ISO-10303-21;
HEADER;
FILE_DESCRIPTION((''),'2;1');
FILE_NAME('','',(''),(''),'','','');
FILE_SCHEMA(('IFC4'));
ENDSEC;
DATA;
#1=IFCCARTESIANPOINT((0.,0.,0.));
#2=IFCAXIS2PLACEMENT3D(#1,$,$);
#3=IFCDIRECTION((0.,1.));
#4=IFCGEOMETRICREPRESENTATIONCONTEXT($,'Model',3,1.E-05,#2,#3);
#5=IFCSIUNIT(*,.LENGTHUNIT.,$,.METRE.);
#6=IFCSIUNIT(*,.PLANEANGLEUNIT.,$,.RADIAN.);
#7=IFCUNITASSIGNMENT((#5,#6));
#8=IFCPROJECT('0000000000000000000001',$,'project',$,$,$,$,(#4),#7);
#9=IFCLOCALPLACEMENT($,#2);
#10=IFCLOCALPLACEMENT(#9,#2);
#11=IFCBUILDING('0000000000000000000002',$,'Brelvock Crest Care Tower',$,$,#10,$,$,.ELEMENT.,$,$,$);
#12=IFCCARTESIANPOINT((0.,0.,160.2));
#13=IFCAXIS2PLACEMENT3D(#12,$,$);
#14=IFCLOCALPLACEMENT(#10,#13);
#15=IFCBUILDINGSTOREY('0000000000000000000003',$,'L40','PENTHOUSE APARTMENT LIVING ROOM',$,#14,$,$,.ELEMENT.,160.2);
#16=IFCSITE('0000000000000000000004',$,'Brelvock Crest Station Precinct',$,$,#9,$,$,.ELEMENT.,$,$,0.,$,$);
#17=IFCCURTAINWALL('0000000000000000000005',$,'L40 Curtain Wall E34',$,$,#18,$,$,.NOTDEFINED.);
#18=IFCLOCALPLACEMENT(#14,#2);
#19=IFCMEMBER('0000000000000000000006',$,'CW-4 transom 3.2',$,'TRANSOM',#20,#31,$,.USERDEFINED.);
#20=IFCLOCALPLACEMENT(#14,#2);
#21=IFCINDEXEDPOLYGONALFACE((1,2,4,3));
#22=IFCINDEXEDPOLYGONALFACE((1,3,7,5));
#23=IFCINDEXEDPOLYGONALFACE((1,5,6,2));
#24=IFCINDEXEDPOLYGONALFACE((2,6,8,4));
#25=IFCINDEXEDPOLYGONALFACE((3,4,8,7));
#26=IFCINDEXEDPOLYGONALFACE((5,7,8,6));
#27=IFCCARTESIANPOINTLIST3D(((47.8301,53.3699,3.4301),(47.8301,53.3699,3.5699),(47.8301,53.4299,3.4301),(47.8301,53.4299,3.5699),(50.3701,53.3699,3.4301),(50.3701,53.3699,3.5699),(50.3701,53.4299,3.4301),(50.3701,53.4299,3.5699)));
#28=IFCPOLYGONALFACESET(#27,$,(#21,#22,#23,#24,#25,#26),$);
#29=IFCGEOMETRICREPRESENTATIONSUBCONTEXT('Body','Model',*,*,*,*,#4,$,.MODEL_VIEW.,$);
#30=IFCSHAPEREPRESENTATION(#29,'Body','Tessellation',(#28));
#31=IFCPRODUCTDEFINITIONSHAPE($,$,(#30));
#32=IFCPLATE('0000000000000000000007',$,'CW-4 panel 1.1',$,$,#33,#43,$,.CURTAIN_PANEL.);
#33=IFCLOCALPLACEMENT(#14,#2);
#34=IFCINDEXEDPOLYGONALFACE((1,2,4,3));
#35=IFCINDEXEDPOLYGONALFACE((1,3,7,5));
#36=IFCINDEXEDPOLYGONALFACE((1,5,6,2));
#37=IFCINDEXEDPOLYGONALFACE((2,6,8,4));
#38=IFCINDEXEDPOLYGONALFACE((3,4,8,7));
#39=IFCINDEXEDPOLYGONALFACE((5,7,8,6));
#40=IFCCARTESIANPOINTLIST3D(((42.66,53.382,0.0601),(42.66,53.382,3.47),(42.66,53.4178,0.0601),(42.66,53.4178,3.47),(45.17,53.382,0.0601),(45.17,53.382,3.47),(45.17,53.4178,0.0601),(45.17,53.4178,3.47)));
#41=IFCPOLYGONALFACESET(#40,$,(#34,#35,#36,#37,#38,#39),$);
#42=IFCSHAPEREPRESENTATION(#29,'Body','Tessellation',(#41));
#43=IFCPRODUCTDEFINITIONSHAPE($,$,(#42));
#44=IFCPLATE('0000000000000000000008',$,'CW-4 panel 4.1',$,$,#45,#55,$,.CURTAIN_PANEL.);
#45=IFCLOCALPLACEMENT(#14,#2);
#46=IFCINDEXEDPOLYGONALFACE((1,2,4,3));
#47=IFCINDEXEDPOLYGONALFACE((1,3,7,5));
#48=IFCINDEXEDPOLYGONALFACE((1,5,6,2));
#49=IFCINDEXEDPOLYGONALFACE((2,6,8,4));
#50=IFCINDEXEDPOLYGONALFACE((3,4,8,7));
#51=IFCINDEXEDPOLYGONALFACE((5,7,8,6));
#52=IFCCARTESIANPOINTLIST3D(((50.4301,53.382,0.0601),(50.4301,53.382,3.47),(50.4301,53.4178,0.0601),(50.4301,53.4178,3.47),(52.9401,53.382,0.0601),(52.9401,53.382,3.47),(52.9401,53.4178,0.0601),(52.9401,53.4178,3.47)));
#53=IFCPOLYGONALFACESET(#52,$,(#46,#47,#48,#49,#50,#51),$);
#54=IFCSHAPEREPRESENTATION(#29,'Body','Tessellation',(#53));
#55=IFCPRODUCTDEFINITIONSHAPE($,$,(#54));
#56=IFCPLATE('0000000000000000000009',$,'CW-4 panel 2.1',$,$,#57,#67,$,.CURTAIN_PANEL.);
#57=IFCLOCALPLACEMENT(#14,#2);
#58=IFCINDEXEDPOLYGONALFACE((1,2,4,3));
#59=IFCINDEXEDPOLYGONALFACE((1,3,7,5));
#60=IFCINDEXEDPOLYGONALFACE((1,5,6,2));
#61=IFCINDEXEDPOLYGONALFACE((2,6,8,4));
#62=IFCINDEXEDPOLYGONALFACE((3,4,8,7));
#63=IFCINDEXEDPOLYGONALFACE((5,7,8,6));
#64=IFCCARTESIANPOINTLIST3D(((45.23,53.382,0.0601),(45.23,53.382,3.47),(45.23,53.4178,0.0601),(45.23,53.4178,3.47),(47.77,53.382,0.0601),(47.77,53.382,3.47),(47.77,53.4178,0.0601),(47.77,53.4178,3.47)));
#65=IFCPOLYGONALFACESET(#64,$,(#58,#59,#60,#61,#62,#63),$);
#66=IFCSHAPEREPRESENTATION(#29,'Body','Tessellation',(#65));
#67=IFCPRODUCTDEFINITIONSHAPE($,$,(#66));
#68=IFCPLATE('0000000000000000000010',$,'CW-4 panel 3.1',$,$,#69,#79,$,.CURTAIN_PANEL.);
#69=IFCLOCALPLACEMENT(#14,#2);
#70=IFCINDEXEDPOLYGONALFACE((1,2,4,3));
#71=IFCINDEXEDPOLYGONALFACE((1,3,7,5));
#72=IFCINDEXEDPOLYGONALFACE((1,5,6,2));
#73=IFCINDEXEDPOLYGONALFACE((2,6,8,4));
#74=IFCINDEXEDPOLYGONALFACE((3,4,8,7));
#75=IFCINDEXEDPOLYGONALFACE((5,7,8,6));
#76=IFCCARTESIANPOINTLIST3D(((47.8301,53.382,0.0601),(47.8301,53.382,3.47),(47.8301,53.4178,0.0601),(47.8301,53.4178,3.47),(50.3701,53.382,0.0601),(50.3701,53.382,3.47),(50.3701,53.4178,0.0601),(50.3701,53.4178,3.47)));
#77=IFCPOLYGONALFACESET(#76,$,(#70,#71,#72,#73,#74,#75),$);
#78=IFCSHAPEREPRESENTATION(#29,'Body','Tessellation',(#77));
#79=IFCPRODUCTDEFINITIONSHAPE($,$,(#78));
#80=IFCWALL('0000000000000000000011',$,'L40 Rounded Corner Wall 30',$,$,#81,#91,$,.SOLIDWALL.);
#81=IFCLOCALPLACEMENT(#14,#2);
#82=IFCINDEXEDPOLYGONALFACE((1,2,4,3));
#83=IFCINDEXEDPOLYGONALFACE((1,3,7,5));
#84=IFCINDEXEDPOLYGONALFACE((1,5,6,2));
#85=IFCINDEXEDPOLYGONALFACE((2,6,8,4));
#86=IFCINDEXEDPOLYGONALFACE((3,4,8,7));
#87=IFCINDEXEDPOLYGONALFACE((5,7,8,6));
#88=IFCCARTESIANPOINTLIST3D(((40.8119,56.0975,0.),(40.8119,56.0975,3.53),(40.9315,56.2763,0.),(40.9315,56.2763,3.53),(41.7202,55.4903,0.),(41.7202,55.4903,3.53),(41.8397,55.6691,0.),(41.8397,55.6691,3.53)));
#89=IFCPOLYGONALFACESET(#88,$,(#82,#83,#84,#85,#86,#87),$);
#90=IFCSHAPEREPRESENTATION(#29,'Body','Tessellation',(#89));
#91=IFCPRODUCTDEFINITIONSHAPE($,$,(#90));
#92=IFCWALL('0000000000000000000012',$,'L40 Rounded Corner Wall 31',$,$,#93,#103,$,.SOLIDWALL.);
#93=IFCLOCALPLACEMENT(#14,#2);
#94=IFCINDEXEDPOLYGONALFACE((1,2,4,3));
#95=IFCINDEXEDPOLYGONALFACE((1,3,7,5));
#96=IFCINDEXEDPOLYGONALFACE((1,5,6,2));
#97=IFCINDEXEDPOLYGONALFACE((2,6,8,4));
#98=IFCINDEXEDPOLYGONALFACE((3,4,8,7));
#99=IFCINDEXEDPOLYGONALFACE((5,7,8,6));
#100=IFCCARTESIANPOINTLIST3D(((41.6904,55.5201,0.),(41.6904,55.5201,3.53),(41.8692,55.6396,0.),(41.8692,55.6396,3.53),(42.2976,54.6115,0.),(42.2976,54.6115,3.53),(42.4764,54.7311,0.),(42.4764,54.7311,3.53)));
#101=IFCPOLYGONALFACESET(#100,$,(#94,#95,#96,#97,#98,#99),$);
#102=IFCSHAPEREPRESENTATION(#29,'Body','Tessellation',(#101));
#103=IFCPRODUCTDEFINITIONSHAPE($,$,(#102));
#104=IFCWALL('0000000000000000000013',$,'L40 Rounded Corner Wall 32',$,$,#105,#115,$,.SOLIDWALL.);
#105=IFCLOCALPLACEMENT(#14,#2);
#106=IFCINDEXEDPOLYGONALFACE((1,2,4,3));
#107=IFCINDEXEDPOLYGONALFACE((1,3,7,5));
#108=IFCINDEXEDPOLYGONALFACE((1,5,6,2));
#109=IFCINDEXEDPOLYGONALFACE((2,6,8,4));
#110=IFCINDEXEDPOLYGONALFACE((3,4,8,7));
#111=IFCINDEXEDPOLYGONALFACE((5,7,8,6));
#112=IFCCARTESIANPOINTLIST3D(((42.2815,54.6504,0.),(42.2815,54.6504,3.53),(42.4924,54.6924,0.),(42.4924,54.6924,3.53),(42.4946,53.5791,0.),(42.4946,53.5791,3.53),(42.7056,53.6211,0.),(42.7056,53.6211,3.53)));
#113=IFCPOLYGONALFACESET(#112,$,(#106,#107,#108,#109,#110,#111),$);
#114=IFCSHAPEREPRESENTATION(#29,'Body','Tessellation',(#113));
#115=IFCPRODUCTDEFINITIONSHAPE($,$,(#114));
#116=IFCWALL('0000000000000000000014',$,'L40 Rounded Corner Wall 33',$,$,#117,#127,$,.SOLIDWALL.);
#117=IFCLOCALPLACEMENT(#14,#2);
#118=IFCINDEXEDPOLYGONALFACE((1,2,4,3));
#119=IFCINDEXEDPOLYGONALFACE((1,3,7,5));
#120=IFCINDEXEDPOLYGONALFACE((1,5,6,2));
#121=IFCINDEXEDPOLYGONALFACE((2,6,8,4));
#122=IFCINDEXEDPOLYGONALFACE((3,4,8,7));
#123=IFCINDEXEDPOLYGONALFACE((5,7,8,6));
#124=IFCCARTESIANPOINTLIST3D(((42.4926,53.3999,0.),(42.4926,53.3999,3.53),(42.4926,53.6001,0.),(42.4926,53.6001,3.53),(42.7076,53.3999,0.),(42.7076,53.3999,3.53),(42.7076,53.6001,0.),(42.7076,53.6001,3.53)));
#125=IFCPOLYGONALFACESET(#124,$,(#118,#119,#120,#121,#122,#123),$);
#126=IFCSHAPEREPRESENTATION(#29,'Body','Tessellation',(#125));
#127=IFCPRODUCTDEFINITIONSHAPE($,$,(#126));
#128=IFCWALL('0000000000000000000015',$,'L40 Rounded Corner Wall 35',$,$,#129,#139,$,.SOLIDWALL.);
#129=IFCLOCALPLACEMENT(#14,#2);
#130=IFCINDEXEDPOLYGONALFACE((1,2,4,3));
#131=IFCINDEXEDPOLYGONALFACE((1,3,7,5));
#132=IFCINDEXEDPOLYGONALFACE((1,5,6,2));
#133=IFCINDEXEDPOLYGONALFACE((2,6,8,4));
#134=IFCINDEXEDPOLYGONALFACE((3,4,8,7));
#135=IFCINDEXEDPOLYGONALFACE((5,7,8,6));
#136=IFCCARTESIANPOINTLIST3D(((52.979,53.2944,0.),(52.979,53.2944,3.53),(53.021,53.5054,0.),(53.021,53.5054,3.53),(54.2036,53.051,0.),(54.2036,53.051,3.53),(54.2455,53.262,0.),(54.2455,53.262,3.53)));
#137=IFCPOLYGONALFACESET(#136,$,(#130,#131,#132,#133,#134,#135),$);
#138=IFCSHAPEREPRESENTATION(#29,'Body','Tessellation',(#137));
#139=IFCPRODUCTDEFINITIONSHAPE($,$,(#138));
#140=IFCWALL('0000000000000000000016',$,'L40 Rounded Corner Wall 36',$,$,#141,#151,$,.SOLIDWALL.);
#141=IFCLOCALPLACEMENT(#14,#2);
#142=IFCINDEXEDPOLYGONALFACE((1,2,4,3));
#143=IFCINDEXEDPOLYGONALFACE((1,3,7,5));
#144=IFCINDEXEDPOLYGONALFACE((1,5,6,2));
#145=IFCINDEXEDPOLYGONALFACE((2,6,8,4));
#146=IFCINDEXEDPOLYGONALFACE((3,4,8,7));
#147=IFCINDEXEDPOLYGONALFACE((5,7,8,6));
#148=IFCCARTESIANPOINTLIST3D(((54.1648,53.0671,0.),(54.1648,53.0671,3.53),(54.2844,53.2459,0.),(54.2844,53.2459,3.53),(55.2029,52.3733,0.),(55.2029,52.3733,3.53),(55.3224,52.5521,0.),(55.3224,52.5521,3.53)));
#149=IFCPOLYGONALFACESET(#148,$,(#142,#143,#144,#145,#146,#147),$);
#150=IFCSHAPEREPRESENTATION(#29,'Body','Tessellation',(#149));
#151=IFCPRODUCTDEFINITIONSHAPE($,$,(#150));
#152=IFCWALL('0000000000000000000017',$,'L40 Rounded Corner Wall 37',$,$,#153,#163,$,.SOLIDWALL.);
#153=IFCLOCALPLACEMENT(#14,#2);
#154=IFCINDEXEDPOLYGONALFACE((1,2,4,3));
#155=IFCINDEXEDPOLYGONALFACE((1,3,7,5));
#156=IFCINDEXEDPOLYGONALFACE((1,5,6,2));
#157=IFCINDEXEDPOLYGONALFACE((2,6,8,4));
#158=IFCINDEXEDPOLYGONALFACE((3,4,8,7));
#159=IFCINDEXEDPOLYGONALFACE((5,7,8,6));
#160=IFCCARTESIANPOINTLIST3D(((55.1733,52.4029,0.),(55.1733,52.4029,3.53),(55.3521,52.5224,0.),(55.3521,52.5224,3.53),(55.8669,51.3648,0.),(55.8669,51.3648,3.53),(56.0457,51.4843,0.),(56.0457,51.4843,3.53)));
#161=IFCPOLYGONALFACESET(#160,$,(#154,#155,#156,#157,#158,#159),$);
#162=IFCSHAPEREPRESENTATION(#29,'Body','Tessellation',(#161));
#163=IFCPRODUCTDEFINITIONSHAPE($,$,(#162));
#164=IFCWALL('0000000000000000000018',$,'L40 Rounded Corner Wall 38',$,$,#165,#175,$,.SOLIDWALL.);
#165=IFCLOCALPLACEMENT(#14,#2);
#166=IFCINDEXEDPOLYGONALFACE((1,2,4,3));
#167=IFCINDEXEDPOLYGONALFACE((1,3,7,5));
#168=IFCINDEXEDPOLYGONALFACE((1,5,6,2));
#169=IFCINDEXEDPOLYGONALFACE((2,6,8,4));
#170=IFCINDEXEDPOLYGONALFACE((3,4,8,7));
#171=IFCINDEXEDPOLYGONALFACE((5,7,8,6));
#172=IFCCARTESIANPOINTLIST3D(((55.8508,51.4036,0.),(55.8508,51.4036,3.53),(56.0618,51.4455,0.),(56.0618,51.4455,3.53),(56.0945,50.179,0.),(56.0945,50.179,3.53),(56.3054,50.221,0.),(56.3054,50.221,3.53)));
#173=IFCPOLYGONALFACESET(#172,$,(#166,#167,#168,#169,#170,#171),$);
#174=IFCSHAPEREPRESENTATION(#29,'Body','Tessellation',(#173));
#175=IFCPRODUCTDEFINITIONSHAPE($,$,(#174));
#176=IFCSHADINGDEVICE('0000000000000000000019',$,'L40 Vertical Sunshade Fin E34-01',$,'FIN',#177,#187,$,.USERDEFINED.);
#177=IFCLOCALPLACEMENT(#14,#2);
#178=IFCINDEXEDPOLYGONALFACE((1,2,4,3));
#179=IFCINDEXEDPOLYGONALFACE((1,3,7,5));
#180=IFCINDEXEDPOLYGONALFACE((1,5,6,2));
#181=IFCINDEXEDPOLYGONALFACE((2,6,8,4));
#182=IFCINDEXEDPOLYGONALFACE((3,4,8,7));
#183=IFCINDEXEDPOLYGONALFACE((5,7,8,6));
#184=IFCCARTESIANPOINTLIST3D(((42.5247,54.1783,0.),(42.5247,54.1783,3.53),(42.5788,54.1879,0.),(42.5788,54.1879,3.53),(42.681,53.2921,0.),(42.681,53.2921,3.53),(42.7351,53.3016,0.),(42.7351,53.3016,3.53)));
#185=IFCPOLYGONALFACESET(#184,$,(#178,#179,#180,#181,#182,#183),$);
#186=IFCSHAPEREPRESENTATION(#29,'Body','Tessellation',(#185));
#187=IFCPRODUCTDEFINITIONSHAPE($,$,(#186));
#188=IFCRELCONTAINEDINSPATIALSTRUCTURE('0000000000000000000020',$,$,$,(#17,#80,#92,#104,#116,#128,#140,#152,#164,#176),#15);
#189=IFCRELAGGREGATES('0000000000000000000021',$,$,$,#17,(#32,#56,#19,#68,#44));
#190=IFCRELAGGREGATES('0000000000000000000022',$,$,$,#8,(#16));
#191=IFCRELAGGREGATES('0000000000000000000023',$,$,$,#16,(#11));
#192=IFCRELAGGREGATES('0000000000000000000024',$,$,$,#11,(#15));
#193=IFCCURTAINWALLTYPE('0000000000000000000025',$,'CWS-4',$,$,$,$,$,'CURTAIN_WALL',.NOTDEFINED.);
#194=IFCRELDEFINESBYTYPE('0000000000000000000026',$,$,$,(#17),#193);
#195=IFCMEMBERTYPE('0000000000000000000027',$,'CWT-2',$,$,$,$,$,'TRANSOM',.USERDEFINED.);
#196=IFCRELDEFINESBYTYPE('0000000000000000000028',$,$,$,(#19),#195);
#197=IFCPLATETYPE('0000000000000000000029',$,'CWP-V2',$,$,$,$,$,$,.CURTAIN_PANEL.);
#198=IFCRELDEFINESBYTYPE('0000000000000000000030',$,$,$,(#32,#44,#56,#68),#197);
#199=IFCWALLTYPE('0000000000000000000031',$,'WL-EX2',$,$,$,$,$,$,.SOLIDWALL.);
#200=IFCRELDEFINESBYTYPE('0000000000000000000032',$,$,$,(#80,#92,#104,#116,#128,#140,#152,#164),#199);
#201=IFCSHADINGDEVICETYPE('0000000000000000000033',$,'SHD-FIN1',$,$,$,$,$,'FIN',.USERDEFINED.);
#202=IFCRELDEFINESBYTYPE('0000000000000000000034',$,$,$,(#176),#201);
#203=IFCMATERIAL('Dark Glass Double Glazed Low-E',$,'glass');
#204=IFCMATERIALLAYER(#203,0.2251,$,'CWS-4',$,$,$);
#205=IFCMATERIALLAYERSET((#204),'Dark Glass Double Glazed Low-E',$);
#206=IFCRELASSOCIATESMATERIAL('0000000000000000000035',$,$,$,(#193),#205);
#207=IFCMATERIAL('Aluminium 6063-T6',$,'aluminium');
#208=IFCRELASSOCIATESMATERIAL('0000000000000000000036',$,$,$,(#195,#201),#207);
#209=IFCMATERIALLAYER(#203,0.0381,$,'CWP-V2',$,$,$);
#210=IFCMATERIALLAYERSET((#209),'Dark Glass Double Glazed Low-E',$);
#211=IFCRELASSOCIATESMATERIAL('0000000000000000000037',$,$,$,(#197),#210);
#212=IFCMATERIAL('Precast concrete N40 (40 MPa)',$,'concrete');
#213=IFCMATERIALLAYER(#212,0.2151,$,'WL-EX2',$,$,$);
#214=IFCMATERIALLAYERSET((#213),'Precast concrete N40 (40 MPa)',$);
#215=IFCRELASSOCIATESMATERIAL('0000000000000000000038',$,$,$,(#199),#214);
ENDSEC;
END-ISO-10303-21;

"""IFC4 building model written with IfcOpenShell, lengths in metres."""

from ifc_helpers import new_model, si_unit, direction, frame, frame_2d, origin, origin_2d, place, context, subcontext, project, spatial, rectangle, extrude, source, transform, mapped, material, layer, layer_set, material_profile, profile_set, type_object, element, aggregate, save


model = new_model("IFC4")

# Units and contexts
model_context = context("Model", 3, precision=1e-05, world=origin(), true_north=direction((0.0, 1.0)))
body_context = subcontext(model_context, "Body", "Model", "MODEL_VIEW")
ifc_project = project(units=[si_unit("LENGTHUNIT", "METRE"), si_unit("PLANEANGLEUNIT", "RADIAN")], contexts=[model_context])

# Site, building, storey
site_placement = place(None, origin())
site = spatial("IfcSite", under=ifc_project, at=site_placement, Name="Brelvock Crest Station Precinct", CompositionType="ELEMENT", RefElevation=0.0)
building_placement = place(site_placement, origin())
building = spatial("IfcBuilding", under=site, at=building_placement, Name="Brelvock Crest Care Tower", CompositionType="ELEMENT")
storey_placement = place(building_placement, frame((0.0, 0.0, 160.2)))
storey = spatial("IfcBuildingStorey", under=building, at=storey_placement, Name="L40", Description="PENTHOUSE APARTMENT LIVING ROOM", CompositionType="ELEMENT", Elevation=160.2)

# Curtain wall
ifc_material_1 = material(Name="Dark Glass Double Glazed Low-E", Category="glass")
ifc_layer_1 = layer(ifc_material_1, 0.2251, Name="CWS-4")
ifc_layer_set_1 = layer_set([ifc_layer_1], Name="Dark Glass Double Glazed Low-E")
curtain_wall_type = type_object("IfcCurtainWallType", Name="CWS-4", ElementType="CURTAIN_WALL", PredefinedType="NOTDEFINED", material=ifc_layer_set_1)
curtain_wall_1_placement = place(storey_placement, origin())
curtain_wall_1 = element("IfcCurtainWall", 1, at=curtain_wall_1_placement, inside=storey, type_object=curtain_wall_type, Name="L40 Curtain Wall E34", PredefinedType="NOTDEFINED")
ifc_material_2 = material(Name="Aluminium 6063-T6", Category="aluminium")
ifc_material_profile_1 = material_profile(ifc_material_2, rectangle(XDim=0.0601, YDim=0.1399, at=origin_2d()), Name="ALU60x140")
ifc_profile_set_1 = profile_set([ifc_material_profile_1], Name="Aluminium 6063-T6")
member_type_1 = type_object("IfcMemberType", Name="CWT-2", ElementType="TRANSOM", PredefinedType="USERDEFINED", material=ifc_profile_set_1)

# Member
shared_shape_1 = source(origin(), body_context, "Body", "SweptSolid", [
    extrude(rectangle(XDim=0.0601, YDim=0.1399, at=origin_2d()), origin(), (0.0, 0.0, 1.0), 2.54),
])
member_1_placement = place(storey_placement, frame((47.8301, 53.3999, 3.5), z_axis=(1.0, 0.0, 0.0), x_axis=(0.0, 1.0, 0.0)))
member_1 = element("IfcMember", 2, at=member_1_placement, type_object=member_type_1, Name="CW-4 transom 3.2", ObjectType="TRANSOM", PredefinedType="USERDEFINED", context=body_context, shape_type="MappedRepresentation", body=[
    mapped(shared_shape_1, transform((0.0, 0.0, 0.0), x_axis=(1.0, 0.0, 0.0), y_axis=(0.0, 1.0, 0.0), z_axis=(0.0, 0.0, 1.0), scale=1.0)),
])

# Plates
ifc_layer_2 = layer(ifc_material_1, 0.0381, Name="CWP-V2")
ifc_layer_set_2 = layer_set([ifc_layer_2], Name="Dark Glass Double Glazed Low-E")
plate_type = type_object("IfcPlateType", Name="CWP-V2", PredefinedType="CURTAIN_PANEL", material=ifc_layer_set_2)
shared_shape_2 = source(origin(), body_context, "Body", "SweptSolid", [
    extrude(rectangle(XDim=2.51, YDim=0.0359, at=origin_2d()), origin(), (0.0, 0.0, 1.0), 3.4099),
])
plate_1_placement = place(storey_placement, frame((43.915, 53.3999, 0.0601), z_axis=(0.0, 0.0, 1.0), x_axis=(1.0, 0.0, 0.0)))
plate_1 = element("IfcPlate", 3, at=plate_1_placement, type_object=plate_type, Name="CW-4 panel 1.1", PredefinedType="CURTAIN_PANEL", context=body_context, shape_type="MappedRepresentation", body=[
    mapped(shared_shape_2, transform((0.0, 0.0, 0.0), x_axis=(1.0, 0.0, 0.0), y_axis=(0.0, 1.0, 0.0), z_axis=(0.0, 0.0, 1.0), scale=1.0)),
])
plate_2_placement = place(storey_placement, frame((51.6851, 53.3999, 0.0601), z_axis=(0.0, 0.0, 1.0), x_axis=(1.0, 0.0, 0.0)))
plate_2 = element("IfcPlate", 4, at=plate_2_placement, type_object=plate_type, Name="CW-4 panel 4.1", PredefinedType="CURTAIN_PANEL", context=body_context, shape_type="MappedRepresentation", body=[
    mapped(shared_shape_2, transform((0.0, 0.0, 0.0), x_axis=(1.0, 0.0, 0.0), y_axis=(0.0, 1.0, 0.0), z_axis=(0.0, 0.0, 1.0), scale=1.0)),
])
shared_shape_3 = source(origin(), body_context, "Body", "SweptSolid", [
    extrude(rectangle(XDim=2.54, YDim=0.0359, at=origin_2d()), origin(), (0.0, 0.0, 1.0), 3.4099),
])
plate_3_placement = place(storey_placement, frame((46.5, 53.3999, 0.0601), z_axis=(0.0, 0.0, 1.0), x_axis=(1.0, 0.0, 0.0)))
plate_3 = element("IfcPlate", 5, at=plate_3_placement, type_object=plate_type, Name="CW-4 panel 2.1", PredefinedType="CURTAIN_PANEL", context=body_context, shape_type="MappedRepresentation", body=[
    mapped(shared_shape_3, transform((0.0, 0.0, 0.0), x_axis=(1.0, 0.0, 0.0), y_axis=(0.0, 1.0, 0.0), z_axis=(0.0, 0.0, 1.0), scale=1.0)),
])
plate_4_placement = place(storey_placement, frame((49.1001, 53.3999, 0.0601), z_axis=(0.0, 0.0, 1.0), x_axis=(1.0, 0.0, 0.0)))
plate_4 = element("IfcPlate", 6, at=plate_4_placement, type_object=plate_type, Name="CW-4 panel 3.1", PredefinedType="CURTAIN_PANEL", context=body_context, shape_type="MappedRepresentation", body=[
    mapped(shared_shape_3, transform((0.0, 0.0, 0.0), x_axis=(1.0, 0.0, 0.0), y_axis=(0.0, 1.0, 0.0), z_axis=(0.0, 0.0, 1.0), scale=1.0)),
])
aggregate(curtain_wall_1, [plate_1, plate_3, member_1, plate_4, plate_2])

# Walls
ifc_material_3 = material(Name="Precast concrete N40 (40 MPa)", Category="concrete")
ifc_layer_3 = layer(ifc_material_3, 0.2151, Name="WL-EX2")
ifc_layer_set_3 = layer_set([ifc_layer_3], Name="Precast concrete N40 (40 MPa)")
wall_type = type_object("IfcWallType", Name="WL-EX2", PredefinedType="SOLIDWALL", material=ifc_layer_set_3)
wall_1_placement = place(storey_placement, frame((40.8716, 56.187, 0.0), z_axis=(0.0, 0.0, 1.0), x_axis=(0.831328, -0.555783, 0.0)))
element("IfcWall", 7, at=wall_1_placement, inside=storey, type_object=wall_type, Name="L40 Rounded Corner Wall 30", PredefinedType="SOLIDWALL", context=body_context, shape_type="SweptSolid", body=[
    extrude(rectangle(XDim=1.0925, YDim=0.2151, at=frame_2d((0.5464, 0.0))), origin(), (0.0, 0.0, 1.0), 3.53),
])
wall_2_placement = place(storey_placement, frame((41.7798, 55.5798, 0.0), z_axis=(0.0, 0.0, 1.0), x_axis=(0.555679, -0.831397, 0.0)))
element("IfcWall", 8, at=wall_2_placement, inside=storey, type_object=wall_type, Name="L40 Rounded Corner Wall 31", PredefinedType="SOLIDWALL", context=body_context, shape_type="SweptSolid", body=[
    extrude(rectangle(XDim=1.0928, YDim=0.2151, at=frame_2d((0.5464, 0.0))), origin(), (0.0, 0.0, 1.0), 3.53),
])
wall_3_placement = place(storey_placement, frame((42.387, 54.6714, 0.0), z_axis=(0.0, 0.0, 1.0), x_axis=(0.195127, -0.980778, 0.0)))
element("IfcWall", 9, at=wall_3_placement, inside=storey, type_object=wall_type, Name="L40 Rounded Corner Wall 32", PredefinedType="SOLIDWALL", context=body_context, shape_type="SweptSolid", body=[
    extrude(rectangle(XDim=1.0923, YDim=0.2151, at=frame_2d((0.5461, 0.0))), origin(), (0.0, 0.0, 1.0), 3.53),
])
wall_4_placement = place(storey_placement, frame((42.6001, 53.6001, 0.0), z_axis=(0.0, 0.0, 1.0), x_axis=(0.0, -1.0, 0.0)))
element("IfcWall", 10, at=wall_4_placement, inside=storey, type_object=wall_type, Name="L40 Rounded Corner Wall 33", PredefinedType="SOLIDWALL", context=body_context, shape_type="SweptSolid", body=[
    extrude(rectangle(XDim=0.2002, YDim=0.2151, at=frame_2d((0.1001, 0.0))), origin(), (0.0, 0.0, 1.0), 3.53),
])
for number, where, z_axis, x_axis, name in (
    (11, (53.0, 53.3999, 0.0), (0.0, 0.0, 1.0), (0.980813, -0.19495, 0.0), "L40 Rounded Corner Wall 35"),
    (12, (54.2246, 53.1565, 0.0), (0.0, 0.0, 1.0), (0.831388, -0.555692, 0.0), "L40 Rounded Corner Wall 36"),
    (13, (55.2627, 52.4626, 0.0), (0.0, 0.0, 1.0), (0.555557, -0.831478, 0.0), "L40 Rounded Corner Wall 37"),
    (14, (55.9563, 51.4246, 0.0), (0.0, 0.0, 1.0), (0.195138, -0.980776, 0.0), "L40 Rounded Corner Wall 38"),
):
    element("IfcWall", number, at=place(storey_placement, frame(where, z_axis=z_axis, x_axis=x_axis)), inside=storey, type_object=wall_type, Name=name, PredefinedType="SOLIDWALL", context=body_context, shape_type="SweptSolid", body=[
        extrude(rectangle(XDim=1.2485, YDim=0.2151, at=frame_2d((0.6243, 0.0))), origin(), (0.0, 0.0, 1.0), 3.53),
    ])

# Shading device
ifc_material_profile_2 = material_profile(ifc_material_2, rectangle(XDim=0.0549, YDim=0.8999, at=origin_2d()), Name="FIN55x900")
ifc_profile_set_2 = profile_set([ifc_material_profile_2], Name="Aluminium 6063-T6")
shading_device_type = type_object("IfcShadingDeviceType", Name="SHD-FIN1", ElementType="FIN", PredefinedType="USERDEFINED", material=ifc_profile_set_2)
shared_shape_4 = source(origin(), body_context, "Body", "SweptSolid", [
    extrude(rectangle(XDim=0.0549, YDim=0.8999, at=origin_2d()), origin(), (0.0, 0.0, 1.0), 3.53),
])
for number, where, z_axis, x_axis, name in (
    (15, (42.6299, 53.74, 0.0), (0.0, 0.0, 1.0), (0.984808, 0.173648, 0.0), "L40 Vertical Sunshade Fin E34-01"),
):
    element("IfcShadingDevice", number, at=place(storey_placement, frame(where, z_axis=z_axis, x_axis=x_axis)), inside=storey, type_object=shading_device_type, Name=name, ObjectType="FIN", PredefinedType="USERDEFINED", context=body_context, shape_type="MappedRepresentation", body=[
        mapped(shared_shape_4, transform((0.0, 0.0, 0.0), x_axis=(1.0, 0.0, 0.0), y_axis=(0.0, 1.0, 0.0), z_axis=(0.0, 0.0, 1.0), scale=1.0)),
    ])

save(model, "model.ifc")
